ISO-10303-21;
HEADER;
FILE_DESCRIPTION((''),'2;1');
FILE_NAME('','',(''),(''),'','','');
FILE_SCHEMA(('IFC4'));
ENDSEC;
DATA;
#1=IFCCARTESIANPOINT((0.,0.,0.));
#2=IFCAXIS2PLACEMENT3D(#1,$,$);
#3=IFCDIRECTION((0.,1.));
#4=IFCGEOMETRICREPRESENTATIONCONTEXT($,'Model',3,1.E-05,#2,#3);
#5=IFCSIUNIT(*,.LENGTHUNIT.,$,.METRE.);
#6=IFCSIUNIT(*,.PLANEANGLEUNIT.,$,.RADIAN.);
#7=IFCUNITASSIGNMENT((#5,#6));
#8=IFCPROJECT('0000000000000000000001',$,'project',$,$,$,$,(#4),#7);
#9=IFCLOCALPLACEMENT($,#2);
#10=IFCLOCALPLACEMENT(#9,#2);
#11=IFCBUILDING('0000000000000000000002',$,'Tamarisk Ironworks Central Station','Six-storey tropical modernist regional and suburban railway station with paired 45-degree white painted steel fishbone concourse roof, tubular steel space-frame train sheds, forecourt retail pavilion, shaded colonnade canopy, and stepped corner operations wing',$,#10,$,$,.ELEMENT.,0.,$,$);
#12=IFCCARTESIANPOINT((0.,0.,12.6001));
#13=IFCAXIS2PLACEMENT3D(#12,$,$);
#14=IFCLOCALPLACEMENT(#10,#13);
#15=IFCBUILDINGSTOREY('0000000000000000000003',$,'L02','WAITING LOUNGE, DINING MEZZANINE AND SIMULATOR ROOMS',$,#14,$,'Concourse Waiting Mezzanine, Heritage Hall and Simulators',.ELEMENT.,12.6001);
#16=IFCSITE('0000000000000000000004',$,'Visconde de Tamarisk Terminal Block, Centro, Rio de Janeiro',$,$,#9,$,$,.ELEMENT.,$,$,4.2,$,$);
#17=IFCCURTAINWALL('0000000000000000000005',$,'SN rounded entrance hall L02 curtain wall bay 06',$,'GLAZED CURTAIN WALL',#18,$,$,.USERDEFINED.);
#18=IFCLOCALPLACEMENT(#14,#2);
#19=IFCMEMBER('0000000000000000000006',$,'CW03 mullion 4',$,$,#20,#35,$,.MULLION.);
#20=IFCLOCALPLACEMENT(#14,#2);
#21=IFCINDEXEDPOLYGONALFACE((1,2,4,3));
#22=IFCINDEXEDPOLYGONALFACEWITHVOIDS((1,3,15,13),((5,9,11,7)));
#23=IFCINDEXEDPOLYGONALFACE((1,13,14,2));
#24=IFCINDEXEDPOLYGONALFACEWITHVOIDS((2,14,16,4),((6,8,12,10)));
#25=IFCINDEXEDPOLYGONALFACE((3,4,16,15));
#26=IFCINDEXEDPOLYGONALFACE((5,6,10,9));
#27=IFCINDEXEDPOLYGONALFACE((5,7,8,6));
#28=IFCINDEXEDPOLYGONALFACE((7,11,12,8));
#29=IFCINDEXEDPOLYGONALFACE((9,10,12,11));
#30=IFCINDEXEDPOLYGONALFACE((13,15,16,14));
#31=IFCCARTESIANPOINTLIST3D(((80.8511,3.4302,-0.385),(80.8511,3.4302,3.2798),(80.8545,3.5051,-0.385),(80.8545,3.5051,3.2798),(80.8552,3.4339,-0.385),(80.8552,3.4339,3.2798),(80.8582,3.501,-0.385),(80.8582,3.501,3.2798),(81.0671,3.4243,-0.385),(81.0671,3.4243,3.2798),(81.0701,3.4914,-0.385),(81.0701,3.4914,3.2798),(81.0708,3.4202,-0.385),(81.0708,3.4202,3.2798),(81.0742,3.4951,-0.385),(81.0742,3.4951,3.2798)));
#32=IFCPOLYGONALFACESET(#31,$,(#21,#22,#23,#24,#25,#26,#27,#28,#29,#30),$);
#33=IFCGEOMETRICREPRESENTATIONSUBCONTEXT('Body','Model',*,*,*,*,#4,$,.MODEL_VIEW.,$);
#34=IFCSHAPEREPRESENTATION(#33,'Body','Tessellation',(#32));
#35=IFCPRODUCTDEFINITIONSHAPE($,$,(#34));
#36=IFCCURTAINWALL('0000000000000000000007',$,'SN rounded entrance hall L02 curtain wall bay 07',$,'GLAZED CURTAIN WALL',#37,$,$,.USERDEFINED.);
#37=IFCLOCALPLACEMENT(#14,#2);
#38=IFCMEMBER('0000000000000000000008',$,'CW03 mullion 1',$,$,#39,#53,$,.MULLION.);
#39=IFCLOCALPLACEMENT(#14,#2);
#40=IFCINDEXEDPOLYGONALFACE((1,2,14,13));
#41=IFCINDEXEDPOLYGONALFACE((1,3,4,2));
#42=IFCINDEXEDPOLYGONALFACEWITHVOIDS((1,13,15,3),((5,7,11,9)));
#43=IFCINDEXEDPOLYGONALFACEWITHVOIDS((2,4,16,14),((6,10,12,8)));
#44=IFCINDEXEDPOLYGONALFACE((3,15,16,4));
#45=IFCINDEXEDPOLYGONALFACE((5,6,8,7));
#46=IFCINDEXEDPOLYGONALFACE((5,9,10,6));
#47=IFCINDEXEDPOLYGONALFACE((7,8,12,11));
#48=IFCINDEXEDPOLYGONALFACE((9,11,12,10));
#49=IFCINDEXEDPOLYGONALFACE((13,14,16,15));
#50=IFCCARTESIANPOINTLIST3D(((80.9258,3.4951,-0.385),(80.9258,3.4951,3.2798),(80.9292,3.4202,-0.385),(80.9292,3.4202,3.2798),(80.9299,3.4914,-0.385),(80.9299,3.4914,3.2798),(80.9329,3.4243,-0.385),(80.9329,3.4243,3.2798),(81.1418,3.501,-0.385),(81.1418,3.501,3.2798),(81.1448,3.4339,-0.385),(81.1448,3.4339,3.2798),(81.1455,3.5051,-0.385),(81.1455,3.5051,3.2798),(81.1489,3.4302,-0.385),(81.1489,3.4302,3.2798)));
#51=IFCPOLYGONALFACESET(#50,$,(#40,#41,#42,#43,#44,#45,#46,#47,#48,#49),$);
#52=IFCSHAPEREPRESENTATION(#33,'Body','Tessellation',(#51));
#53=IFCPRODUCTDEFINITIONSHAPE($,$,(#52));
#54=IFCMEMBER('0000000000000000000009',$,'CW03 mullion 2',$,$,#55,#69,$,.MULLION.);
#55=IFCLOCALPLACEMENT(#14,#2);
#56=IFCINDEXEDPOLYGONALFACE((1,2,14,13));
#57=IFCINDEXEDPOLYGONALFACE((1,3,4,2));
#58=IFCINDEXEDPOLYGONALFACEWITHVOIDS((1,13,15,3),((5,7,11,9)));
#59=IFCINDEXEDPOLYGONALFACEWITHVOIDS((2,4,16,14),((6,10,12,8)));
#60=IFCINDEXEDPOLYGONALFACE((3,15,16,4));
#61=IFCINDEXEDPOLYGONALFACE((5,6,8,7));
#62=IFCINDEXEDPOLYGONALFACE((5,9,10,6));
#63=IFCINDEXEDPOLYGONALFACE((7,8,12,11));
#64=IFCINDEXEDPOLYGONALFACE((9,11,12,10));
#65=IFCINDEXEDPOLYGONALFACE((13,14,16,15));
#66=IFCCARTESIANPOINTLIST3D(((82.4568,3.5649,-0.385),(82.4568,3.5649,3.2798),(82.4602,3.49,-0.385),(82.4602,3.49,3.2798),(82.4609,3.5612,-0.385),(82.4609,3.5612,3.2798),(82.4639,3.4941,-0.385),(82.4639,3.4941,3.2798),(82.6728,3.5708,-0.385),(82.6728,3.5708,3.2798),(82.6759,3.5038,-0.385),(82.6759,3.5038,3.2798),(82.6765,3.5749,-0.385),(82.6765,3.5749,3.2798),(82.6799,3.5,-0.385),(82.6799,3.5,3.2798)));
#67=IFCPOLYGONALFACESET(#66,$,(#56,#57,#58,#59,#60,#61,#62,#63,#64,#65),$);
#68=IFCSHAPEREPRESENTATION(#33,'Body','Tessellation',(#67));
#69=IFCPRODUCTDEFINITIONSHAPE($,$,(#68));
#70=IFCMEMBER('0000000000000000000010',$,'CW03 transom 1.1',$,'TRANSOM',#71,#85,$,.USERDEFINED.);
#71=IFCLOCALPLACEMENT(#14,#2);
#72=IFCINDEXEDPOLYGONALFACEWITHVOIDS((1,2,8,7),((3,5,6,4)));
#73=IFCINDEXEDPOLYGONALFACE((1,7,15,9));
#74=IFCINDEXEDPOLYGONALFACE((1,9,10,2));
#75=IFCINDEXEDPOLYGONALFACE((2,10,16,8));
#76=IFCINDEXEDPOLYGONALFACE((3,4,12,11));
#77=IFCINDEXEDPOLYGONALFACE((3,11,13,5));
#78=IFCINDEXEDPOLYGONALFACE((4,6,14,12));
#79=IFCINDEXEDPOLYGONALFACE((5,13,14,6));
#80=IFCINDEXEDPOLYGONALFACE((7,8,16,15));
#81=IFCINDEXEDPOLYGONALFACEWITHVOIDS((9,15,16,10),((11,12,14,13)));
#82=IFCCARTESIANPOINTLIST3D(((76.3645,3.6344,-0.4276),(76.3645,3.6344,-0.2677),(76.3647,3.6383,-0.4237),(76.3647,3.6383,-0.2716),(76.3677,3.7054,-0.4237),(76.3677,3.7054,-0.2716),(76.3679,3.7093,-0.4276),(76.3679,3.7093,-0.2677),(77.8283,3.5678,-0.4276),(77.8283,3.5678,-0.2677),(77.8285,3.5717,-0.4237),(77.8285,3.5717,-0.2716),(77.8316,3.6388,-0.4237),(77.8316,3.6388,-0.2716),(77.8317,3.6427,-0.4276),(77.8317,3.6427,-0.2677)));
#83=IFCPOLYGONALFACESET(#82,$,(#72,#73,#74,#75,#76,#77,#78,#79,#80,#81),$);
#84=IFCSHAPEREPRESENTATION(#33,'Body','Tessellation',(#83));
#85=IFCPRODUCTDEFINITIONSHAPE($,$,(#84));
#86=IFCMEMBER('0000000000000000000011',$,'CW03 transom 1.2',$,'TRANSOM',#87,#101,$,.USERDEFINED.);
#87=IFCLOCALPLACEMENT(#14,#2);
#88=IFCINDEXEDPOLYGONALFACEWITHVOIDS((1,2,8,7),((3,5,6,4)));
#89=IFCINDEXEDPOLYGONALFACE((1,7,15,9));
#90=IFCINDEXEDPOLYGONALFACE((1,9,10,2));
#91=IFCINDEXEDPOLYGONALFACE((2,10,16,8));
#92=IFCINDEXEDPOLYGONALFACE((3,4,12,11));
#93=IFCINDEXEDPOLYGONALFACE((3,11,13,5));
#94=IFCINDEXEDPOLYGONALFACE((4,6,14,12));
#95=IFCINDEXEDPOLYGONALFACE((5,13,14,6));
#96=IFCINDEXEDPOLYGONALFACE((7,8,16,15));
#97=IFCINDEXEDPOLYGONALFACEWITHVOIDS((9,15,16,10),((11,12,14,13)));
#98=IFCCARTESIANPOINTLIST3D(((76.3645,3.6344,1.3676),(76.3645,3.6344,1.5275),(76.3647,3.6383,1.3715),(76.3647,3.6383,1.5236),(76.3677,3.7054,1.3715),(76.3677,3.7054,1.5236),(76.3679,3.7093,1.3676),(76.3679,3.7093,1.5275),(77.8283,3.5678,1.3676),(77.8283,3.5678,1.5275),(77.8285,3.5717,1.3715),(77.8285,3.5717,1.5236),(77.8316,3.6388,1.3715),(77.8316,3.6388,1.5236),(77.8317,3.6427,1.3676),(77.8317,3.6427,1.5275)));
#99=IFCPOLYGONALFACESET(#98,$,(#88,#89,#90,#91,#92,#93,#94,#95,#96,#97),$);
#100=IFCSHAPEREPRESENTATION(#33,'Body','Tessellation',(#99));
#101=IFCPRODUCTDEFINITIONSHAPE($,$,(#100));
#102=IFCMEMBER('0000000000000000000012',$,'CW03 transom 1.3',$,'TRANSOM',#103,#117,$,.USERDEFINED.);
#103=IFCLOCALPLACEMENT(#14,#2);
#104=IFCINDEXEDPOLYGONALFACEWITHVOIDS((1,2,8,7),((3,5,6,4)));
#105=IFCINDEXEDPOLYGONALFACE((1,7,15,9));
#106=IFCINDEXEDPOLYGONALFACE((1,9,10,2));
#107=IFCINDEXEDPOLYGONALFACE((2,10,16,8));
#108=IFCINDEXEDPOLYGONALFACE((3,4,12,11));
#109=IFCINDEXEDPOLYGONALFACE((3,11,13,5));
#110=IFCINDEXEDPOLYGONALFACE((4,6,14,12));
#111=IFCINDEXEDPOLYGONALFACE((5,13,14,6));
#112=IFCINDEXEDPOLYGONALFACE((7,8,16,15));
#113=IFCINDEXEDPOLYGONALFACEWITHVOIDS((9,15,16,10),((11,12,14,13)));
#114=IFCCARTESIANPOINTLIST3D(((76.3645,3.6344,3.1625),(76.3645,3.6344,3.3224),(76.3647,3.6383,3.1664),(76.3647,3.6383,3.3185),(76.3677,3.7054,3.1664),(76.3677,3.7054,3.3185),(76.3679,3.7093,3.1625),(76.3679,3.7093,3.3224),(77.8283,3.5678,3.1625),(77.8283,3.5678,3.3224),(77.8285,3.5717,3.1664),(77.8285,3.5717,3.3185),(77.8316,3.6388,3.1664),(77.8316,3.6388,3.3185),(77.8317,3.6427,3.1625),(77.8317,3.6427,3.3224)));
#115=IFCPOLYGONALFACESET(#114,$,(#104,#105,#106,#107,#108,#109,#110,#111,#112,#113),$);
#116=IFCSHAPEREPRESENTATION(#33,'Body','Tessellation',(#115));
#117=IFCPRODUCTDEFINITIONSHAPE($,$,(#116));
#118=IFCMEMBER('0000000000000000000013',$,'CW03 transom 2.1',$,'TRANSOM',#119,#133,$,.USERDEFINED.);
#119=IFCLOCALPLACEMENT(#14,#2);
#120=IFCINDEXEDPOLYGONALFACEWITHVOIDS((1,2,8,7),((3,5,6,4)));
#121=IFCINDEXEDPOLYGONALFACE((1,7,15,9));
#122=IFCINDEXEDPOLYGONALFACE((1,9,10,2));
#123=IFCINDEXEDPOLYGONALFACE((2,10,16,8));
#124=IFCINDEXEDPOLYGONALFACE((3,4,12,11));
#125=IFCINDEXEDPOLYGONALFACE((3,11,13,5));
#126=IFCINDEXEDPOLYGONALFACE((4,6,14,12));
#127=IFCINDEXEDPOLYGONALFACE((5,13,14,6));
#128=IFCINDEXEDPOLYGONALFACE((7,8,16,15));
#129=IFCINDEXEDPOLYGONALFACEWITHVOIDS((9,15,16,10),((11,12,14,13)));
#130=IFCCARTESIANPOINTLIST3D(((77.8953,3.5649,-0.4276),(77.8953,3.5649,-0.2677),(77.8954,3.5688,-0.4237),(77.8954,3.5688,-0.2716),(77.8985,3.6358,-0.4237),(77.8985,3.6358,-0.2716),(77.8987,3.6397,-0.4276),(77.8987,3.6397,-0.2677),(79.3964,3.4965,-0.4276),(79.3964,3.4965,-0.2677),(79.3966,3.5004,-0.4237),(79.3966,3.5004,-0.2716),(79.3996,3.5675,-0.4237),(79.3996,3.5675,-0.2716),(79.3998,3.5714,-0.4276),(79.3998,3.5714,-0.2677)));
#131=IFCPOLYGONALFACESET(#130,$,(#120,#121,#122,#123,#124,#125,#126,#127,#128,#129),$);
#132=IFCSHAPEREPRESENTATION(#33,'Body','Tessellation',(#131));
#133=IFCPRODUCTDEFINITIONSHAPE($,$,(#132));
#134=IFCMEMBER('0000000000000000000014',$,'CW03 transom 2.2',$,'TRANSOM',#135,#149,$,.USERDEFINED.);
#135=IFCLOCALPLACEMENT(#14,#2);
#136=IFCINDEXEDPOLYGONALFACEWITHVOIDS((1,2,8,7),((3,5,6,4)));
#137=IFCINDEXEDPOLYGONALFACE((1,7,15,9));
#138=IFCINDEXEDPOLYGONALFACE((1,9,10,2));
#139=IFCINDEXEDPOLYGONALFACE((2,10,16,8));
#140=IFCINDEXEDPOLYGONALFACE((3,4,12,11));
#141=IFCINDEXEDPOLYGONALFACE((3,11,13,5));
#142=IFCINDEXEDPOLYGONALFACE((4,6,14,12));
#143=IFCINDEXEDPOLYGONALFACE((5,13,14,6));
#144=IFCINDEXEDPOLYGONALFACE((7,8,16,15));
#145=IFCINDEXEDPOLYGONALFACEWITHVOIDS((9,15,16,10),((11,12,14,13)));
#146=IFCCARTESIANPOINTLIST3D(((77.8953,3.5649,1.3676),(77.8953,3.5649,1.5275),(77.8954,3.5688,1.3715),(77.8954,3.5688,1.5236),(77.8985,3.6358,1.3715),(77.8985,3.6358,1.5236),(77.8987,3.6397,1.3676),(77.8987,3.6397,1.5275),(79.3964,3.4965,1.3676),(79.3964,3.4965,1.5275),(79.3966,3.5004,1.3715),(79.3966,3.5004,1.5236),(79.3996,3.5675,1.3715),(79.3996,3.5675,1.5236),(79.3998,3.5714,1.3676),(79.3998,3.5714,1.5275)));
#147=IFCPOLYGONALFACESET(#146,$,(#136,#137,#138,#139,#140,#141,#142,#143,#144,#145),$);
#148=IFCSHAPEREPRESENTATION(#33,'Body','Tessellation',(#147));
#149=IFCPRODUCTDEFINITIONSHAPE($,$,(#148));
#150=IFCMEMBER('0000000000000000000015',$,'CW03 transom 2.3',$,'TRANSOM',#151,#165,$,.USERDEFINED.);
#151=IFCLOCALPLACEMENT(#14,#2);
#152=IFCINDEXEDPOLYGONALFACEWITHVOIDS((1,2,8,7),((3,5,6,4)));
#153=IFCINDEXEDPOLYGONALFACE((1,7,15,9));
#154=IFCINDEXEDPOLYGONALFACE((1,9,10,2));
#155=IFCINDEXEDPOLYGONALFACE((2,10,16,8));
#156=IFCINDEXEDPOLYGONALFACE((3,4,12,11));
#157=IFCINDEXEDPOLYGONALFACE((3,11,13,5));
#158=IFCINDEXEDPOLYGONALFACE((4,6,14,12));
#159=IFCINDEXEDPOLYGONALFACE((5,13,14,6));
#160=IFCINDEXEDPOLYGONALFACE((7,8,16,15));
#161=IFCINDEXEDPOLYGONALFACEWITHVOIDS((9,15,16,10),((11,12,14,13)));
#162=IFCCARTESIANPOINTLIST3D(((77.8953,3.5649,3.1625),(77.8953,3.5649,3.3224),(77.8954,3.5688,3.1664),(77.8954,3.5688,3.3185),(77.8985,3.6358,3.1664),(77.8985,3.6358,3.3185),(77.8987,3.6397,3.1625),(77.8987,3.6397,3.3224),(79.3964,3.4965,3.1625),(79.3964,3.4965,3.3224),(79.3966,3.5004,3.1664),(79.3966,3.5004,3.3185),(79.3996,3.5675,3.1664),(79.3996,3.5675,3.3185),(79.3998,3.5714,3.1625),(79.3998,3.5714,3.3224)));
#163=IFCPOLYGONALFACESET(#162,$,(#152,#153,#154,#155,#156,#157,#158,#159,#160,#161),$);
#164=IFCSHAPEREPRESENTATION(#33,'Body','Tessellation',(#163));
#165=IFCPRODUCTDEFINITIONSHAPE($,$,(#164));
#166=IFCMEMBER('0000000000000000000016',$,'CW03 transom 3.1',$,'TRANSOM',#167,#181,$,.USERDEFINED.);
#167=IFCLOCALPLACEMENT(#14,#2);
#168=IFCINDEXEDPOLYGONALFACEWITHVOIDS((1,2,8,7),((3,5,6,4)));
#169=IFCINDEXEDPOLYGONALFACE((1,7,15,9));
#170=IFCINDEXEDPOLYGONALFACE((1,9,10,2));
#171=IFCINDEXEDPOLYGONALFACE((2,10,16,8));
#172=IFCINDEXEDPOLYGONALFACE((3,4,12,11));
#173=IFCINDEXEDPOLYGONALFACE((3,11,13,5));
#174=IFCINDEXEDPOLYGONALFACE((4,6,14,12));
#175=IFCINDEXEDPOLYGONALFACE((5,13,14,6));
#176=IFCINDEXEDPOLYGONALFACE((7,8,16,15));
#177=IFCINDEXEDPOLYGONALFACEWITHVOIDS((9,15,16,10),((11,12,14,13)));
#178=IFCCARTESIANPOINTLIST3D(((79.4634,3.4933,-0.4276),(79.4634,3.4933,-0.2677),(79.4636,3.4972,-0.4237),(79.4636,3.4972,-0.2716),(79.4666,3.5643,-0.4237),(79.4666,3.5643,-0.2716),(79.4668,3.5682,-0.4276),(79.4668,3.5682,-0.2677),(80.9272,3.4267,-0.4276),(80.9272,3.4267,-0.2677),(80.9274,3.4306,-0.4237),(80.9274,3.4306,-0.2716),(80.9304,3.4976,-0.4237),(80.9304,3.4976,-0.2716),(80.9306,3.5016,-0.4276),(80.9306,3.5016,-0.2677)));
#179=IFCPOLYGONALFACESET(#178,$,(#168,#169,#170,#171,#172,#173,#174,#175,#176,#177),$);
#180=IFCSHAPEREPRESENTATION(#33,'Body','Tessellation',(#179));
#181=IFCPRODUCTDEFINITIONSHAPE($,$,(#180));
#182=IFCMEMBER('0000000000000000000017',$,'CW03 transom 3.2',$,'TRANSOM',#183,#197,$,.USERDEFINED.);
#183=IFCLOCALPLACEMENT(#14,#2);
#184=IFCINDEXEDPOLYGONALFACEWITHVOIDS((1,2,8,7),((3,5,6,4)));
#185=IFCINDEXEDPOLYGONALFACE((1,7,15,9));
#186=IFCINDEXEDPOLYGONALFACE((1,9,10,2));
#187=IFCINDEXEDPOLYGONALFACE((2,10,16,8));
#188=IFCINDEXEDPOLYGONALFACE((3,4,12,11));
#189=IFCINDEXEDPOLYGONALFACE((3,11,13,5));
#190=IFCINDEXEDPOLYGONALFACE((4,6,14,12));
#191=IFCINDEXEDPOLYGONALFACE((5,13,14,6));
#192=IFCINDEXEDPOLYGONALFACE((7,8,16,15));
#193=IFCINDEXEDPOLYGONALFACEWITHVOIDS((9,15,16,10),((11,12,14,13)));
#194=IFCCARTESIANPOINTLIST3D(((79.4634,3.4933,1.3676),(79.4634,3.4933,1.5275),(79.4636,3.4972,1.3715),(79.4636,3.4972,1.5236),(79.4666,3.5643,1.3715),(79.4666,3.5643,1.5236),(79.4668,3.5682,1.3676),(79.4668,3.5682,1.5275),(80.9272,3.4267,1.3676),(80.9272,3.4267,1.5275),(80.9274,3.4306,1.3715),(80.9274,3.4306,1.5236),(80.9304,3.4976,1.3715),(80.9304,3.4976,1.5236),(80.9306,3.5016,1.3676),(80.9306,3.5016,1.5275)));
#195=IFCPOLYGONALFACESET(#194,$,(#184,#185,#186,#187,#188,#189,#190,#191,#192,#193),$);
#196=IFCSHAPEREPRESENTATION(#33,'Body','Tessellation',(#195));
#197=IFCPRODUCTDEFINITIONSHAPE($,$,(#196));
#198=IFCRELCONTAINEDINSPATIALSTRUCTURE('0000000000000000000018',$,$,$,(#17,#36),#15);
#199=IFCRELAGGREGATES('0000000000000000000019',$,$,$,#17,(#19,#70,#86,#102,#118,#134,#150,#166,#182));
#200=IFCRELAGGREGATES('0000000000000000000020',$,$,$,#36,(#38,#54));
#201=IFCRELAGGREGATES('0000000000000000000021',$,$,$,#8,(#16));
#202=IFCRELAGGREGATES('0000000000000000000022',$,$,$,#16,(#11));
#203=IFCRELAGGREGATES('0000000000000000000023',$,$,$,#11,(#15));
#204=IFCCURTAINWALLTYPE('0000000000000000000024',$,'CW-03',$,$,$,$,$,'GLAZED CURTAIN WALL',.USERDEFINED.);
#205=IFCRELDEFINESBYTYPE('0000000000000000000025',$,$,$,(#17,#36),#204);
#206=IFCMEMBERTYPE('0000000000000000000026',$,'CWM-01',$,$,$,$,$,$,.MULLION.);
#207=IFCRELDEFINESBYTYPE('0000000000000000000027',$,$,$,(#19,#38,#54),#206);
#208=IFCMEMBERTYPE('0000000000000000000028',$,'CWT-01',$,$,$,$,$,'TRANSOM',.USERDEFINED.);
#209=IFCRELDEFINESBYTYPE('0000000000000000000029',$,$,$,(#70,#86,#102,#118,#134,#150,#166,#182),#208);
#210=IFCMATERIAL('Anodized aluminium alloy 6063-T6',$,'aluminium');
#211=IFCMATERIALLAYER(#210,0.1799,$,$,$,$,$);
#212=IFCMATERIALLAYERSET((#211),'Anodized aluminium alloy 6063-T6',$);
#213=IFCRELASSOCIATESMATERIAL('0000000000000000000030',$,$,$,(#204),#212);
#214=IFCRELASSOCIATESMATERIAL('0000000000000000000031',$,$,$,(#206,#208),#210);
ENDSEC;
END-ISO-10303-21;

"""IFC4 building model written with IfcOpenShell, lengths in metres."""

from ifc_helpers import new_model, si_unit, direction, frame, origin, origin_2d, place, context, subcontext, project, spatial, hollow_rectangle, extrude, material, layer, layer_set, material_profile, profile_set, type_object, element, aggregate, save


model = new_model("IFC4")

# Units and contexts
model_context = context("Model", 3, precision=1e-05, world=origin(), true_north=direction((0.0, 1.0)))
body_context = subcontext(model_context, "Body", "Model", "MODEL_VIEW")
ifc_project = project(units=[si_unit("LENGTHUNIT", "METRE"), si_unit("PLANEANGLEUNIT", "RADIAN")], contexts=[model_context])

# Site, building, storey
site_placement = place(None, origin())
site = spatial("IfcSite", under=ifc_project, at=site_placement, Name="Visconde de Tamarisk Terminal Block, Centro, Rio de Janeiro", CompositionType="ELEMENT", RefElevation=4.2)
building_placement = place(site_placement, origin())
building = spatial("IfcBuilding", under=site, at=building_placement, Name="Tamarisk Ironworks Central Station", Description="Six-storey tropical modernist regional and suburban railway station with paired 45-degree white painted steel fishbone concourse roof, tubular steel space-frame train sheds, forecourt retail pavilion, shaded colonnade canopy, and stepped corner operations wing", CompositionType="ELEMENT", ElevationOfRefHeight=0.0)
storey_placement = place(building_placement, frame((0.0, 0.0, 12.6001)))
storey = spatial("IfcBuildingStorey", under=building, at=storey_placement, Name="L02", Description="WAITING LOUNGE, DINING MEZZANINE AND SIMULATOR ROOMS", LongName="Concourse Waiting Mezzanine, Heritage Hall and Simulators", CompositionType="ELEMENT", Elevation=12.6001)

# Curtain walls, members
ifc_material_1 = material(Name="Anodized aluminium alloy 6063-T6", Category="aluminium")
ifc_layer_1 = layer(ifc_material_1, 0.1799)
ifc_layer_set_1 = layer_set([ifc_layer_1], Name="Anodized aluminium alloy 6063-T6")
curtain_wall_type = type_object("IfcCurtainWallType", Name="CW-03", ElementType="GLAZED CURTAIN WALL", PredefinedType="USERDEFINED", material=ifc_layer_set_1)
curtain_wall_1_placement = place(storey_placement, origin())
curtain_wall_1 = element("IfcCurtainWall", 1, at=curtain_wall_1_placement, inside=storey, type_object=curtain_wall_type, Name="SN rounded entrance hall L02 curtain wall bay 06", ObjectType="GLAZED CURTAIN WALL", PredefinedType="USERDEFINED")
ifc_material_profile_1 = material_profile(ifc_material_1, hollow_rectangle(XDim=0.075, YDim=0.22, WallThickness=0.0039, at=origin_2d()), Name="ALUM 220x75")
ifc_profile_set_1 = profile_set([ifc_material_profile_1], Name="Anodized aluminium alloy 6063-T6")
member_type_1 = type_object("IfcMemberType", Name="CWM-01", PredefinedType="MULLION", material=ifc_profile_set_1)
member_1_placement = place(storey_placement, frame((80.9626, 3.4626, -0.385), z_axis=(0.0, 0.0, 1.0), x_axis=(0.045481, 0.998965, 0.0)))
member_1 = element("IfcMember", 2, at=member_1_placement, type_object=member_type_1, Name="CW03 mullion 4", PredefinedType="MULLION", context=body_context, shape_type="SweptSolid", body=[
    extrude(hollow_rectangle(XDim=0.075, YDim=0.22, WallThickness=0.0039, at=origin_2d()), origin(), (0.0, 0.0, 1.0), 3.6648),
])
curtain_wall_2_placement = place(storey_placement, origin())
curtain_wall_2 = element("IfcCurtainWall", 3, at=curtain_wall_2_placement, inside=storey, type_object=curtain_wall_type, Name="SN rounded entrance hall L02 curtain wall bay 07", ObjectType="GLAZED CURTAIN WALL", PredefinedType="USERDEFINED")
member_2_placement = place(storey_placement, frame((81.0374, 3.4626, -0.385), z_axis=(0.0, 0.0, 1.0), x_axis=(-0.045481, 0.998965, 0.0)))
member_2 = element("IfcMember", 4, at=member_2_placement, type_object=member_type_1, Name="CW03 mullion 1", PredefinedType="MULLION", context=body_context, shape_type="SweptSolid", body=[
    extrude(hollow_rectangle(XDim=0.075, YDim=0.22, WallThickness=0.0039, at=origin_2d()), origin(), (0.0, 0.0, 1.0), 3.6648),
])
member_3_placement = place(storey_placement, frame((82.5684, 3.5325, -0.385), z_axis=(0.0, 0.0, 1.0), x_axis=(-0.045481, 0.998965, 0.0)))
member_3 = element("IfcMember", 5, at=member_3_placement, type_object=member_type_1, Name="CW03 mullion 2", PredefinedType="MULLION", context=body_context, shape_type="SweptSolid", body=[
    extrude(hollow_rectangle(XDim=0.075, YDim=0.22, WallThickness=0.0039, at=origin_2d()), origin(), (0.0, 0.0, 1.0), 3.6648),
])

# Members
ifc_material_profile_2 = material_profile(ifc_material_1, hollow_rectangle(XDim=0.075, YDim=0.1599, WallThickness=0.0039, at=origin_2d()), Name="ALUM 160x75")
ifc_profile_set_2 = profile_set([ifc_material_profile_2], Name="Anodized aluminium alloy 6063-T6")
member_type_2 = type_object("IfcMemberType", Name="CWT-01", ElementType="TRANSOM", PredefinedType="USERDEFINED", material=ifc_profile_set_2)
member_4_placement = place(storey_placement, frame((76.3662, 3.6719, -0.3477), z_axis=(0.998965, -0.045483, 0.0), x_axis=(0.045483, 0.998965, 0.0)))
member_4 = element("IfcMember", 6, at=member_4_placement, type_object=member_type_2, Name="CW03 transom 1.1", ObjectType="TRANSOM", PredefinedType="USERDEFINED", context=body_context, shape_type="SweptSolid", body=[
    extrude(hollow_rectangle(XDim=0.075, YDim=0.1599, WallThickness=0.0039, at=origin_2d()), origin(), (0.0, 0.0, 1.0), 1.4653),
])
member_5_placement = place(storey_placement, frame((76.3662, 3.6719, 1.4475), z_axis=(0.998965, -0.045483, 0.0), x_axis=(0.045483, 0.998965, 0.0)))
member_5 = element("IfcMember", 7, at=member_5_placement, type_object=member_type_2, Name="CW03 transom 1.2", ObjectType="TRANSOM", PredefinedType="USERDEFINED", context=body_context, shape_type="SweptSolid", body=[
    extrude(hollow_rectangle(XDim=0.075, YDim=0.1599, WallThickness=0.0039, at=origin_2d()), origin(), (0.0, 0.0, 1.0), 1.4653),
])
member_6_placement = place(storey_placement, frame((76.3662, 3.6719, 3.2424), z_axis=(0.998965, -0.045483, 0.0), x_axis=(0.045483, 0.998965, 0.0)))
member_6 = element("IfcMember", 8, at=member_6_placement, type_object=member_type_2, Name="CW03 transom 1.3", ObjectType="TRANSOM", PredefinedType="USERDEFINED", context=body_context, shape_type="SweptSolid", body=[
    extrude(hollow_rectangle(XDim=0.075, YDim=0.1599, WallThickness=0.0039, at=origin_2d()), origin(), (0.0, 0.0, 1.0), 1.4653),
])
member_7_placement = place(storey_placement, frame((77.897, 3.6023, -0.3477), z_axis=(0.998965, -0.045489, 0.0), x_axis=(0.045489, 0.998965, 0.0)))
member_7 = element("IfcMember", 9, at=member_7_placement, type_object=member_type_2, Name="CW03 transom 2.1", ObjectType="TRANSOM", PredefinedType="USERDEFINED", context=body_context, shape_type="SweptSolid", body=[
    extrude(hollow_rectangle(XDim=0.075, YDim=0.1599, WallThickness=0.0039, at=origin_2d()), origin(), (0.0, 0.0, 1.0), 1.5027),
])
member_8_placement = place(storey_placement, frame((77.897, 3.6023, 1.4475), z_axis=(0.998965, -0.045489, 0.0), x_axis=(0.045489, 0.998965, 0.0)))
member_8 = element("IfcMember", 10, at=member_8_placement, type_object=member_type_2, Name="CW03 transom 2.2", ObjectType="TRANSOM", PredefinedType="USERDEFINED", context=body_context, shape_type="SweptSolid", body=[
    extrude(hollow_rectangle(XDim=0.075, YDim=0.1599, WallThickness=0.0039, at=origin_2d()), origin(), (0.0, 0.0, 1.0), 1.5027),
])
member_9_placement = place(storey_placement, frame((77.897, 3.6023, 3.2424), z_axis=(0.998965, -0.045489, 0.0), x_axis=(0.045489, 0.998965, 0.0)))
member_9 = element("IfcMember", 11, at=member_9_placement, type_object=member_type_2, Name="CW03 transom 2.3", ObjectType="TRANSOM", PredefinedType="USERDEFINED", context=body_context, shape_type="SweptSolid", body=[
    extrude(hollow_rectangle(XDim=0.075, YDim=0.1599, WallThickness=0.0039, at=origin_2d()), origin(), (0.0, 0.0, 1.0), 1.5027),
])
member_10_placement = place(storey_placement, frame((79.4651, 3.5308, -0.3477), z_axis=(0.998965, -0.045483, 0.0), x_axis=(0.045483, 0.998965, 0.0)))
member_10 = element("IfcMember", 12, at=member_10_placement, type_object=member_type_2, Name="CW03 transom 3.1", ObjectType="TRANSOM", PredefinedType="USERDEFINED", context=body_context, shape_type="SweptSolid", body=[
    extrude(hollow_rectangle(XDim=0.075, YDim=0.1599, WallThickness=0.0039, at=origin_2d()), origin(), (0.0, 0.0, 1.0), 1.4653),
])
member_11_placement = place(storey_placement, frame((79.4651, 3.5308, 1.4475), z_axis=(0.998965, -0.045483, 0.0), x_axis=(0.045483, 0.998965, 0.0)))
member_11 = element("IfcMember", 13, at=member_11_placement, type_object=member_type_2, Name="CW03 transom 3.2", ObjectType="TRANSOM", PredefinedType="USERDEFINED", context=body_context, shape_type="SweptSolid", body=[
    extrude(hollow_rectangle(XDim=0.075, YDim=0.1599, WallThickness=0.0039, at=origin_2d()), origin(), (0.0, 0.0, 1.0), 1.4653),
])

aggregate(curtain_wall_1, [member_1, member_4, member_5, member_6, member_7, member_8, member_9, member_10, member_11])
aggregate(curtain_wall_2, [member_2, member_3])

save(model, "model.ifc")
